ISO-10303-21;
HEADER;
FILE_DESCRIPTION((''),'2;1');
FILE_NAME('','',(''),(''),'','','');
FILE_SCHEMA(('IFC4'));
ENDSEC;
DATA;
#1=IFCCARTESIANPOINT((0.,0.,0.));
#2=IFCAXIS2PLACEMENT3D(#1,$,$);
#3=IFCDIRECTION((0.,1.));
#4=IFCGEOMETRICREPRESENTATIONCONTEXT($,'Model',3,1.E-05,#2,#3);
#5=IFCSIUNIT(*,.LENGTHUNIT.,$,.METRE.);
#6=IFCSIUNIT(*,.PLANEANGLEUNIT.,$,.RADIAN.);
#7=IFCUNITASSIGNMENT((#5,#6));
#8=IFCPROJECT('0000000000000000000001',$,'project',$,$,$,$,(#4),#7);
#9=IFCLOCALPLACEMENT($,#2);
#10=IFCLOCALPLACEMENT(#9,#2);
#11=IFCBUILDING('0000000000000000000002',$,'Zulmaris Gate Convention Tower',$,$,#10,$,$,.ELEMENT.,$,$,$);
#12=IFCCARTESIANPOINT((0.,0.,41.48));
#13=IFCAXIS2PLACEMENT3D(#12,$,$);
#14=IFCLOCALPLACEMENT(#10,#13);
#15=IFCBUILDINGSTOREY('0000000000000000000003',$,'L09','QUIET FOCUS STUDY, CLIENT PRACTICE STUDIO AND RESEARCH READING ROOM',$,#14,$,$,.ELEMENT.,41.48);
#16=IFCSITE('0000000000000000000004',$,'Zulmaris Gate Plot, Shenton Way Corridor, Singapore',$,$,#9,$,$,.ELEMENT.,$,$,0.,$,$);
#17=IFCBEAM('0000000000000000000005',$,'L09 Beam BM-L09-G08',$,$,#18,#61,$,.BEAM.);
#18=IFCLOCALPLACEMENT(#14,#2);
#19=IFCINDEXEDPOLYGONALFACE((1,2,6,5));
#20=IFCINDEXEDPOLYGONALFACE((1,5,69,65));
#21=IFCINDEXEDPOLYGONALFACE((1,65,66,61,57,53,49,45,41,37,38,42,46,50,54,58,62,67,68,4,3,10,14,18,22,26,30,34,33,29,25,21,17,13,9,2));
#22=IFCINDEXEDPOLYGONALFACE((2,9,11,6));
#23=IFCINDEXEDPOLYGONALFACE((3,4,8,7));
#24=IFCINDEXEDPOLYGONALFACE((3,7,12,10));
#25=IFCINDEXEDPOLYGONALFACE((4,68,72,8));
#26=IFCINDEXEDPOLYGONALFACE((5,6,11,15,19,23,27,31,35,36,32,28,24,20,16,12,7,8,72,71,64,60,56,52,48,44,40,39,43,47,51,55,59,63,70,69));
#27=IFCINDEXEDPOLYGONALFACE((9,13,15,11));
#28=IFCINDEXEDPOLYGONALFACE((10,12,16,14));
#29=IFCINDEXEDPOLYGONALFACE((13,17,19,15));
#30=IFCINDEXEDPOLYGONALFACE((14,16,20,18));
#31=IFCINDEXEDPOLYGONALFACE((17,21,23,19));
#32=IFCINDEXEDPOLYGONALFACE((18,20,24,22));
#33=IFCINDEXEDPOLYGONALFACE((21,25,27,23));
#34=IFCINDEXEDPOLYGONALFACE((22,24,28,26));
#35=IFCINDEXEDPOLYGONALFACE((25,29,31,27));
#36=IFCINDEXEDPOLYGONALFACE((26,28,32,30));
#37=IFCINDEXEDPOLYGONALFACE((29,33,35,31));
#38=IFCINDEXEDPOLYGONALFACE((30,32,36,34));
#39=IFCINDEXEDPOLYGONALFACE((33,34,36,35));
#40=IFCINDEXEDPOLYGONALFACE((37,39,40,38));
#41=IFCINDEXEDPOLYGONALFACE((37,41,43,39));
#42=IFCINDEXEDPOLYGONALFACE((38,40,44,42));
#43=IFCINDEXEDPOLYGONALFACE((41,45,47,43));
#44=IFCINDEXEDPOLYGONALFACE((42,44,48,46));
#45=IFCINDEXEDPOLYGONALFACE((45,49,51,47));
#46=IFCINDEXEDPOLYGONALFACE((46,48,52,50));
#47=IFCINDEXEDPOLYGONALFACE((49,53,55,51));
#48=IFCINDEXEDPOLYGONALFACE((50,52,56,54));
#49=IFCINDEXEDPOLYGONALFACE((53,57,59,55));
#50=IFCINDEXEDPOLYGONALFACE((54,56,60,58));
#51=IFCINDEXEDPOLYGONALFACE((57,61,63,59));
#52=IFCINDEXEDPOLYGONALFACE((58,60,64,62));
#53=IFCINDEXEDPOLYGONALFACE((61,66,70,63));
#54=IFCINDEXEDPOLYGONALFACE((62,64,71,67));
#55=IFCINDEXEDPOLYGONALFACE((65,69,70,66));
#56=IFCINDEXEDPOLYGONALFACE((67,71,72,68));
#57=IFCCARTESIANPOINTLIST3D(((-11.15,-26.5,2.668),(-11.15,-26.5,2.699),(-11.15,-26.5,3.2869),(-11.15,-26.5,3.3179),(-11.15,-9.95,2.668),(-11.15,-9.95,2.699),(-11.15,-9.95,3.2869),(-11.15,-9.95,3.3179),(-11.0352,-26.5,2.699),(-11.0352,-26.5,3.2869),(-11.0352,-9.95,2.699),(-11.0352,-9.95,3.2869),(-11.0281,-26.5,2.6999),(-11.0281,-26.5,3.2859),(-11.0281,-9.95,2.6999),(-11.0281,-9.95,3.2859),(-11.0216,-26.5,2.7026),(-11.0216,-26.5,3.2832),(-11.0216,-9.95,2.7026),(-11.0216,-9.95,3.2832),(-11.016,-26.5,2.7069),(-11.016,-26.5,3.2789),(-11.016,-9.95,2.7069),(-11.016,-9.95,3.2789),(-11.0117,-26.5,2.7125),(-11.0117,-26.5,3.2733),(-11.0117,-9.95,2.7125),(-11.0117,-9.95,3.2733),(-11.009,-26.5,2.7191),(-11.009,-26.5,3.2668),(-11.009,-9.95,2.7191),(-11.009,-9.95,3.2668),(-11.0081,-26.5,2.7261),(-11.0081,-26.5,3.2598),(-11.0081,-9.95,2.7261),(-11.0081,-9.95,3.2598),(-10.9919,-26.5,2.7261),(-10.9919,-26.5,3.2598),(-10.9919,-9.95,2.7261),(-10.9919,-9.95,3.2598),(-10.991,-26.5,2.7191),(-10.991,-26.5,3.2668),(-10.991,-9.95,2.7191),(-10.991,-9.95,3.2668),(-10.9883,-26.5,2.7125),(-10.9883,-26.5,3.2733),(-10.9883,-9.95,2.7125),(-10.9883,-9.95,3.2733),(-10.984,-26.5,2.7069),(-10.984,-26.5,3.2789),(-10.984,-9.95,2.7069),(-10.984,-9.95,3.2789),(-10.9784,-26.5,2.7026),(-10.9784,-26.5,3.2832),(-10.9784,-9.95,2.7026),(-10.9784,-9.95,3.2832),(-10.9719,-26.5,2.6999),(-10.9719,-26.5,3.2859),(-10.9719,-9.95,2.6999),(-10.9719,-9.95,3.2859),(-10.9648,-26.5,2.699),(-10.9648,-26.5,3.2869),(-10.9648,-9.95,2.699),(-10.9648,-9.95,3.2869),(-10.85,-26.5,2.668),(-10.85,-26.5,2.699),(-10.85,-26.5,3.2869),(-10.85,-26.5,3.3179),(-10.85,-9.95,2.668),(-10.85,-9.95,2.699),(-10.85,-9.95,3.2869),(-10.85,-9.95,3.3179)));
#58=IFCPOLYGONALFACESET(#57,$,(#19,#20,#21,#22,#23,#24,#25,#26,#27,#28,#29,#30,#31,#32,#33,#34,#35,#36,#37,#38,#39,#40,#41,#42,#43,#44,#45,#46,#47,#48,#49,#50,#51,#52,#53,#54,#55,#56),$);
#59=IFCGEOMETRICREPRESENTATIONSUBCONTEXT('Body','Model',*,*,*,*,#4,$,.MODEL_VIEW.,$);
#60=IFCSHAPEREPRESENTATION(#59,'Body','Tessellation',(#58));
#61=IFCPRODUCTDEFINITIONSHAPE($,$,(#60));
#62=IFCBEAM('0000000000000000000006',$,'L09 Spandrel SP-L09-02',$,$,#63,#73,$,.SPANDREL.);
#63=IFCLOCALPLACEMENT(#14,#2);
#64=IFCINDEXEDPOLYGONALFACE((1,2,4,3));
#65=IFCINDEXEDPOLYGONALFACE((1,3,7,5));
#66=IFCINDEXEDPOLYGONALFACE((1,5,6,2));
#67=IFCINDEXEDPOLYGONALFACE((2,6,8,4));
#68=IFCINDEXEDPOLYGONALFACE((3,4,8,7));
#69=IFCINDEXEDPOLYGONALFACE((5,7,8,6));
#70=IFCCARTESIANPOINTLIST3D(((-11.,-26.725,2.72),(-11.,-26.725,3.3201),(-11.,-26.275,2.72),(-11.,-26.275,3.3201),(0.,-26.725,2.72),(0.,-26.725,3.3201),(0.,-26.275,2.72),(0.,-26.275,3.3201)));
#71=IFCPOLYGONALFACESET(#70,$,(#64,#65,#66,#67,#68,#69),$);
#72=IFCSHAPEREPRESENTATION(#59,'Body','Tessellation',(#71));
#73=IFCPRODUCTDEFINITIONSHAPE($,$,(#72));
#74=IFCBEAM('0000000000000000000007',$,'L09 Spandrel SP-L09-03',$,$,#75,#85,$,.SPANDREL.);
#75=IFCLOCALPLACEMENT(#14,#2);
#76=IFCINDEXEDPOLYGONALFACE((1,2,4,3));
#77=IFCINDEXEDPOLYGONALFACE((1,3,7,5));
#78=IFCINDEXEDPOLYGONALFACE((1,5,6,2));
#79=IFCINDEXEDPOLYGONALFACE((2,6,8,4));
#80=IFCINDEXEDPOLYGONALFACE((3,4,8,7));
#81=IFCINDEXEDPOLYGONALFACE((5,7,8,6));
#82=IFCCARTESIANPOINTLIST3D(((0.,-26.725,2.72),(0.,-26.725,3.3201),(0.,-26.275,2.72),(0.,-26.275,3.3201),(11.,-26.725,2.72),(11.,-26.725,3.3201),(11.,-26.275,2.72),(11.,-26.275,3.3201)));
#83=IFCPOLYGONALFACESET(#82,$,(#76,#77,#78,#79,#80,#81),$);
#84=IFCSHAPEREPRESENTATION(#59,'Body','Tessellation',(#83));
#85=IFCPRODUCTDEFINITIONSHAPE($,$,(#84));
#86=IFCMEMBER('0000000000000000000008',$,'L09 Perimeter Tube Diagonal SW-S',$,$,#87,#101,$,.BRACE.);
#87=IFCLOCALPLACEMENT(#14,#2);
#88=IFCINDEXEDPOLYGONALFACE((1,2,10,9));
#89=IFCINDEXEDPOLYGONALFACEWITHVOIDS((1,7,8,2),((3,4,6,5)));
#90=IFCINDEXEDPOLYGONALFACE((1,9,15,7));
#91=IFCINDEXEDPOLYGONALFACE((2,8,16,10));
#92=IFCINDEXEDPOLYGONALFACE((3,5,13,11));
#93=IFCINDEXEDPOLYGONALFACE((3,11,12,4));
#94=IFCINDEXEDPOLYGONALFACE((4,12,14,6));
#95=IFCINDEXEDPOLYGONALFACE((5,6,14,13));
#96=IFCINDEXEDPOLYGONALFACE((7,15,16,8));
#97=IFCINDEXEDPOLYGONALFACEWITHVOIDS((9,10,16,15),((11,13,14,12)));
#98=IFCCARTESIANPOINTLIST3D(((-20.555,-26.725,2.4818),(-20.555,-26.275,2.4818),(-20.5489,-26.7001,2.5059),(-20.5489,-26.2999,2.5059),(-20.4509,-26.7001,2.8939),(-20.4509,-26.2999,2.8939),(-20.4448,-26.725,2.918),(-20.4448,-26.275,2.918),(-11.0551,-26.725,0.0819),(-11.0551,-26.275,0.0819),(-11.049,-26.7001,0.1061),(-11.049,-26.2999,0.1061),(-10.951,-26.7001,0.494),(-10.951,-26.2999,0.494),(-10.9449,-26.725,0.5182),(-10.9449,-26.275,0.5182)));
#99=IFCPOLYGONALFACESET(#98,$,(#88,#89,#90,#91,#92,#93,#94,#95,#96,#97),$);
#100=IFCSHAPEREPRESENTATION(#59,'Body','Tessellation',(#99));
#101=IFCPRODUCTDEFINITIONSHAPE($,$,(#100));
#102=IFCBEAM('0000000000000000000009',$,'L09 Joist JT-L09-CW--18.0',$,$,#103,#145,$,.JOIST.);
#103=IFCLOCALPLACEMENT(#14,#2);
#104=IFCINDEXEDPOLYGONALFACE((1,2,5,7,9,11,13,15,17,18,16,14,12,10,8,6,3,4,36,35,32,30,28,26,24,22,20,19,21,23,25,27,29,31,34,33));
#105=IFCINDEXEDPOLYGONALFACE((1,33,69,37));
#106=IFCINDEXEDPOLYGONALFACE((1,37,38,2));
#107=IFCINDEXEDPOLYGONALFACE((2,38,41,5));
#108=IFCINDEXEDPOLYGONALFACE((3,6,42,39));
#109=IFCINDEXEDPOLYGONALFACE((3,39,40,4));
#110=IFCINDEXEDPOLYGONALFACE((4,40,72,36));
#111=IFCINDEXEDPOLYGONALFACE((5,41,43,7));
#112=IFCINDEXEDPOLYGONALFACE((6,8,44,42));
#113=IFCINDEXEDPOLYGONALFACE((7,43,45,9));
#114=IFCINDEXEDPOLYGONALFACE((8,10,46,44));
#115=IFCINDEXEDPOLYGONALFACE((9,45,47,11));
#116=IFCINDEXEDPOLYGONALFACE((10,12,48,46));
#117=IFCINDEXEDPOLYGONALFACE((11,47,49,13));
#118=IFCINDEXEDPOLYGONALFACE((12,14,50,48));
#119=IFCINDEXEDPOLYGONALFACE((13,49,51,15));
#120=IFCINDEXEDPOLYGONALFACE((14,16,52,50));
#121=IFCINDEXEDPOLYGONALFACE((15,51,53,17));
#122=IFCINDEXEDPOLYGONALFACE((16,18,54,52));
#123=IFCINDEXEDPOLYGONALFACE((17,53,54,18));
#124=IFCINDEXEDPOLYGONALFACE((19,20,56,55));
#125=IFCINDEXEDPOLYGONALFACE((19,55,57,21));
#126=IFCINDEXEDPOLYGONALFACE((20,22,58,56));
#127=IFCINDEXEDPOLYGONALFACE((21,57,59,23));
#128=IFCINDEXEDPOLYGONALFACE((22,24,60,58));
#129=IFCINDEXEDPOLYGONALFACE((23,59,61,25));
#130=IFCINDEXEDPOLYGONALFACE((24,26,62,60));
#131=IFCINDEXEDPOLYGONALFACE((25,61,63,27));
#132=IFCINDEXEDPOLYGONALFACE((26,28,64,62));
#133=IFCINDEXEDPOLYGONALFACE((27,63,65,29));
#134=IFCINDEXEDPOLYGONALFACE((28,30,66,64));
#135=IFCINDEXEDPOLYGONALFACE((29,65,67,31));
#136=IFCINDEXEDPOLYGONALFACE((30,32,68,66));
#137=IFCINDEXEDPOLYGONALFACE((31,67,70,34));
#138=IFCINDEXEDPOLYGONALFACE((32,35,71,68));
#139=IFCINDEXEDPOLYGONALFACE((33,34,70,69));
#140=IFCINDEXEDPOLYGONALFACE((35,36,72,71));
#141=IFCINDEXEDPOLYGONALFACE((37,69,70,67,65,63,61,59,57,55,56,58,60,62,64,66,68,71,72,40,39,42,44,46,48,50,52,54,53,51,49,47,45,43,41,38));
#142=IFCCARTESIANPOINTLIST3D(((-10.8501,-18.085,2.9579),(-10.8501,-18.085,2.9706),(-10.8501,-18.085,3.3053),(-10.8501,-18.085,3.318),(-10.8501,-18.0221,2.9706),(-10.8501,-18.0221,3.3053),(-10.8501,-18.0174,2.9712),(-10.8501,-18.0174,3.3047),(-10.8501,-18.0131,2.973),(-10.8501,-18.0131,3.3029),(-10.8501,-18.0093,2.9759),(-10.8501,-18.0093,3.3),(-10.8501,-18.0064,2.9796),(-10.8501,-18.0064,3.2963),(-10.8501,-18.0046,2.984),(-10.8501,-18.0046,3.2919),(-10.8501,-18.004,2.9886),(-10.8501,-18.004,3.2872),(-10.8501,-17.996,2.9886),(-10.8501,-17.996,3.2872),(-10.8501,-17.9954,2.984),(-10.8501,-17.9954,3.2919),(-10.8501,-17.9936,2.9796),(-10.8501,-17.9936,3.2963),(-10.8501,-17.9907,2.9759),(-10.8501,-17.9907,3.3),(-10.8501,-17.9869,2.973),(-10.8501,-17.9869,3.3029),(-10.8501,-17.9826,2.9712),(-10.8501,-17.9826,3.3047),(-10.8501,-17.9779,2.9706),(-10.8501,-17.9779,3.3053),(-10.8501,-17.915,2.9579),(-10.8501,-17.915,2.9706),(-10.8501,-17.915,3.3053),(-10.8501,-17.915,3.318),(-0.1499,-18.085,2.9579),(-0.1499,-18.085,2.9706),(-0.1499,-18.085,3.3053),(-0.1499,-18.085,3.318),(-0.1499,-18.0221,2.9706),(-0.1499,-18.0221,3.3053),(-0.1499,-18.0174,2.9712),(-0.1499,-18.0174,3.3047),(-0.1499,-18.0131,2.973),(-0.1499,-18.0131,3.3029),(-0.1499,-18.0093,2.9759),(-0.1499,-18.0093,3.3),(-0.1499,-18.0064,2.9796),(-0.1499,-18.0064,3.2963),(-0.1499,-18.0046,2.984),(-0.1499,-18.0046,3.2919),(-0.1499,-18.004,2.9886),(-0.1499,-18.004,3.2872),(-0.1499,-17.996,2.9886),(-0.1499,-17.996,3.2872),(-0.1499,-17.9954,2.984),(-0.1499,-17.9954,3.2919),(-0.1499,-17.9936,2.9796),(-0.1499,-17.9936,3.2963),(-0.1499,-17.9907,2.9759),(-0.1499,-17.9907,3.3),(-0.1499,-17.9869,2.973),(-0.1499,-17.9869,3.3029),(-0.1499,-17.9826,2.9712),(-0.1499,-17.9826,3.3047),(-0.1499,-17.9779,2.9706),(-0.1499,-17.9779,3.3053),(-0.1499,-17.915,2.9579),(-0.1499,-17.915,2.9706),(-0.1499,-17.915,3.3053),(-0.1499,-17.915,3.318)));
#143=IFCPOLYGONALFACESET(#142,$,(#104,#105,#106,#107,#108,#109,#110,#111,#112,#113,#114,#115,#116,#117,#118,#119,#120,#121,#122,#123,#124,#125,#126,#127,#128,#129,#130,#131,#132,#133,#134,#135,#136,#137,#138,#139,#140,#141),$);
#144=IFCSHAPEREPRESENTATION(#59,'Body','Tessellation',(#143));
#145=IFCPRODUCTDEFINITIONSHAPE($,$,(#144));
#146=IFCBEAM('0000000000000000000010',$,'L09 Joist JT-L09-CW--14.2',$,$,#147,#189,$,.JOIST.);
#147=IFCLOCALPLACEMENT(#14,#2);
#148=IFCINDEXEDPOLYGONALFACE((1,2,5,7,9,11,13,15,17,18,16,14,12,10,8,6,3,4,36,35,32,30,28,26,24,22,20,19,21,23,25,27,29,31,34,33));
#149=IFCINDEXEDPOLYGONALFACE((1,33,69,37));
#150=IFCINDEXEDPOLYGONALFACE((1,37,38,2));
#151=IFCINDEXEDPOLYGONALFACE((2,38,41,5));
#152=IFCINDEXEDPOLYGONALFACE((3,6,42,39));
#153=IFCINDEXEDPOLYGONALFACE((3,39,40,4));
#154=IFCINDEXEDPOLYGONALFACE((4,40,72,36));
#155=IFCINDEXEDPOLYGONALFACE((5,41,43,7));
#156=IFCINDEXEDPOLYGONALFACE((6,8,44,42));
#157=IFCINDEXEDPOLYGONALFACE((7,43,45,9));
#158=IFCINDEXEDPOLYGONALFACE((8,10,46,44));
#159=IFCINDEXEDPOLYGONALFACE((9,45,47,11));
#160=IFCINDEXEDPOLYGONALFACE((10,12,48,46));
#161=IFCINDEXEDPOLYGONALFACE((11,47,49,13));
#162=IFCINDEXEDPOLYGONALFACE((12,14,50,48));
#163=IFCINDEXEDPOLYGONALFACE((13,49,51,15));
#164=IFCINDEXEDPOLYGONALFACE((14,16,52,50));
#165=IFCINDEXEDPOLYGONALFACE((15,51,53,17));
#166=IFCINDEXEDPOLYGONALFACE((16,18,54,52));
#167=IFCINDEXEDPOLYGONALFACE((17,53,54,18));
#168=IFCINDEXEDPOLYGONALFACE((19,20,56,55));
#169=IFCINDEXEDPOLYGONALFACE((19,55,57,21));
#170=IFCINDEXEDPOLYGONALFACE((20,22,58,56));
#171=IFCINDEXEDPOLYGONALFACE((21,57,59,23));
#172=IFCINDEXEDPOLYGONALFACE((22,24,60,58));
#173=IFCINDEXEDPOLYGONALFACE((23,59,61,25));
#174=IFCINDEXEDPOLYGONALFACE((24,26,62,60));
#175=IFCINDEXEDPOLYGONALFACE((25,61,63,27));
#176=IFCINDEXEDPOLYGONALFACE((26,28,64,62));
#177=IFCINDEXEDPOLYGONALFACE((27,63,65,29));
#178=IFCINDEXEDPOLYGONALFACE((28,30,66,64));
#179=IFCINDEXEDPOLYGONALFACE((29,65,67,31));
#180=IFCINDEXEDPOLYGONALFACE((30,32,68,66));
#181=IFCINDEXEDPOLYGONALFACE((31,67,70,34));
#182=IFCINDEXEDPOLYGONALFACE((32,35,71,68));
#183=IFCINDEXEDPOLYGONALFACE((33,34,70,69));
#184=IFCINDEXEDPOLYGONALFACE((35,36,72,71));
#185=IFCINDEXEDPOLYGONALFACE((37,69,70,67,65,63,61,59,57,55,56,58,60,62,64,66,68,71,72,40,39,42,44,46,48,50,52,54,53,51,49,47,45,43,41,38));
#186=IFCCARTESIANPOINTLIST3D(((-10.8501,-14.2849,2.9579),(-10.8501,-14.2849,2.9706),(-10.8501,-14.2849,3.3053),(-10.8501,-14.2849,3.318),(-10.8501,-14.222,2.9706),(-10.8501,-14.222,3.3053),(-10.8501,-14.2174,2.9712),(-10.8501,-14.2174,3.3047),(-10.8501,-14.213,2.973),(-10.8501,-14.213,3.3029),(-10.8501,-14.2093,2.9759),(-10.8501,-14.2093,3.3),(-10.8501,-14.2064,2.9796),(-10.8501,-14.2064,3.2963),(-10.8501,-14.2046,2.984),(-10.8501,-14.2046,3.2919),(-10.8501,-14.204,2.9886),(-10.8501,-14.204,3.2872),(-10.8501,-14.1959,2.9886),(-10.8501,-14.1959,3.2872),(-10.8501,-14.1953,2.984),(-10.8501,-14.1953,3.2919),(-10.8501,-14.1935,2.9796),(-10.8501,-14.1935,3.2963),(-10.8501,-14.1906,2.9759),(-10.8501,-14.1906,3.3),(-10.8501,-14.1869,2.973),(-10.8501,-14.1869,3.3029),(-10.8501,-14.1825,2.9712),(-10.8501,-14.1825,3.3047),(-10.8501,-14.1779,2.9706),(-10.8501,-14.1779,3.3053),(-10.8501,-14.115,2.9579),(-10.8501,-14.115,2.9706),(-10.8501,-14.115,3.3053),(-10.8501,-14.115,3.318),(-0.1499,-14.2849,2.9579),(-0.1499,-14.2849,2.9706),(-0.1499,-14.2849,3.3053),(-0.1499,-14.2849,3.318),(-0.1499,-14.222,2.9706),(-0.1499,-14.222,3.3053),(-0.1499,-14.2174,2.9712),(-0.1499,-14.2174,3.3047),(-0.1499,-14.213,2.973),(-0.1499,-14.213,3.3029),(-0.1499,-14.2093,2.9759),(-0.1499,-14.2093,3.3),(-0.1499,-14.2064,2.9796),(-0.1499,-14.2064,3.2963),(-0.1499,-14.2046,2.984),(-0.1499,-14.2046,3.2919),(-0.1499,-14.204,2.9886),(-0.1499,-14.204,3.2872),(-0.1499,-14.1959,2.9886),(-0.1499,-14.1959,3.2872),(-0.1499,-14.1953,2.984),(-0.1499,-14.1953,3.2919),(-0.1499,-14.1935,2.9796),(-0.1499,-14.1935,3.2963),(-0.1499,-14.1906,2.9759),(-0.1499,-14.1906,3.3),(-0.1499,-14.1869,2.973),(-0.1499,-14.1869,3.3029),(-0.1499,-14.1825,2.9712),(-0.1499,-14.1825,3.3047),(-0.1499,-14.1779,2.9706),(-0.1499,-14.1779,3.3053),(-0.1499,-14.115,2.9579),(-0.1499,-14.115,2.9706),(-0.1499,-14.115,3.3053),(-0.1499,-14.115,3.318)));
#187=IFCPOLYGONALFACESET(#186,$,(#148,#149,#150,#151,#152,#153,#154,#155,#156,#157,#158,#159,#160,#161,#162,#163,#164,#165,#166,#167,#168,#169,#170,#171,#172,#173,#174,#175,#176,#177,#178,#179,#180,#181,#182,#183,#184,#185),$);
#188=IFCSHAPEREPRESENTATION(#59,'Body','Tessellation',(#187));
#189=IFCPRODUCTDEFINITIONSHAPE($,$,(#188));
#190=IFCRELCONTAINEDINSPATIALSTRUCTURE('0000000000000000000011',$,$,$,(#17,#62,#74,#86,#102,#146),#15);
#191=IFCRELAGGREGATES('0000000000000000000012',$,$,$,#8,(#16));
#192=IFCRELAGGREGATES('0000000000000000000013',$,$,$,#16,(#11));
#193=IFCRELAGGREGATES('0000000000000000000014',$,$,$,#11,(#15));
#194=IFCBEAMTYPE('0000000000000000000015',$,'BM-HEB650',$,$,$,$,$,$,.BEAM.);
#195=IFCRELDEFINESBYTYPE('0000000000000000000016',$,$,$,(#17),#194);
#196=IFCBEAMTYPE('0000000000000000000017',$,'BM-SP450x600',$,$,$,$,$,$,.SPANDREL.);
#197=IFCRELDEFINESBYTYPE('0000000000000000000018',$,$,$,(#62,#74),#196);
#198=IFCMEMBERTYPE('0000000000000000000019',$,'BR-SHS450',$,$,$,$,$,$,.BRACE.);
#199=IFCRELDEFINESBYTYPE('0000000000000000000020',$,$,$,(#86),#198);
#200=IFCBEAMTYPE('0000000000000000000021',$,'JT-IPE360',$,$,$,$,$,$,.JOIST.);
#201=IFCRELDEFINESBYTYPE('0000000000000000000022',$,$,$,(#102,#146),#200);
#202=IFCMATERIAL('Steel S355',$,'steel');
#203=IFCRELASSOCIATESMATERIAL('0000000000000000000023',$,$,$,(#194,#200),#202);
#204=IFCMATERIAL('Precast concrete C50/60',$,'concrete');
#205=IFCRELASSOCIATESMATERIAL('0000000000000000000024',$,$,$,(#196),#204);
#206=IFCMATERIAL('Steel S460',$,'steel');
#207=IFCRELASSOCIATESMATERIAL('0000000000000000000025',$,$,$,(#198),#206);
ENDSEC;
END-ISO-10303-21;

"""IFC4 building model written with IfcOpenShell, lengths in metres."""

from ifc_helpers import new_model, si_unit, direction, frame, origin, origin_2d, place, context, subcontext, project, spatial, rectangle, hollow_rectangle, i_section, extrude, material, material_profile, profile_set, type_object, element, save


model = new_model("IFC4")

# Units and contexts
model_context = context("Model", 3, precision=1e-05, world=origin(), true_north=direction((0.0, 1.0)))
body_context = subcontext(model_context, "Body", "Model", "MODEL_VIEW")
ifc_project = project(units=[si_unit("LENGTHUNIT", "METRE"), si_unit("PLANEANGLEUNIT", "RADIAN")], contexts=[model_context])

# Site, building, storey
site_placement = place(None, origin())
site = spatial("IfcSite", under=ifc_project, at=site_placement, Name="Zulmaris Gate Plot, Shenton Way Corridor, Singapore", CompositionType="ELEMENT", RefElevation=0.0)
building_placement = place(site_placement, origin())
building = spatial("IfcBuilding", under=site, at=building_placement, Name="Zulmaris Gate Convention Tower", CompositionType="ELEMENT")
storey_placement = place(building_placement, frame((0.0, 0.0, 41.48)))
storey = spatial("IfcBuildingStorey", under=building, at=storey_placement, Name="L09", Description="QUIET FOCUS STUDY, CLIENT PRACTICE STUDIO AND RESEARCH READING ROOM", CompositionType="ELEMENT", Elevation=41.48)

# Beams
ifc_material_1 = material(Name="Steel S355", Category="steel")
ifc_material_profile_1 = material_profile(ifc_material_1, i_section(OverallWidth=0.3, OverallDepth=0.6499, WebThickness=0.0161, FlangeThickness=0.031, FilletRadius=0.0271, at=origin_2d()), Name="HEB 650")
ifc_profile_set_1 = profile_set([ifc_material_profile_1], Name="Steel S355")
beam_type_1 = type_object("IfcBeamType", Name="BM-HEB650", PredefinedType="BEAM", material=ifc_profile_set_1)
beam_1_placement = place(storey_placement, frame((-11.0, -26.5, 2.9929), z_axis=(0.0, 1.0, 0.0), x_axis=(-1.0, 0.0, 0.0)))
element("IfcBeam", 1, at=beam_1_placement, inside=storey, type_object=beam_type_1, Name="L09 Beam BM-L09-G08", PredefinedType="BEAM", context=body_context, shape_type="SweptSolid", body=[
    extrude(i_section(OverallWidth=0.3, OverallDepth=0.6499, WebThickness=0.0161, FlangeThickness=0.031, FilletRadius=0.0271, at=origin_2d()), origin(), (0.0, 0.0, 1.0), 16.55),
])
ifc_material_2 = material(Name="Precast concrete C50/60", Category="concrete")
ifc_material_profile_2 = material_profile(ifc_material_2, rectangle(XDim=0.45, YDim=0.6001, at=origin_2d()), Name="RC SPANDREL 450x600")
ifc_profile_set_2 = profile_set([ifc_material_profile_2], Name="Precast concrete C50/60")
beam_type_2 = type_object("IfcBeamType", Name="BM-SP450x600", PredefinedType="SPANDREL", material=ifc_profile_set_2)
for number, where, z_axis, x_axis, name in (
    (2, (-11.0, -26.5, 3.02), (1.0, 0.0, 0.0), (0.0, 1.0, 0.0), "L09 Spandrel SP-L09-02"),
    (3, (0.0, -26.5, 3.02), (1.0, 0.0, 0.0), (0.0, 1.0, 0.0), "L09 Spandrel SP-L09-03"),
):
    element("IfcBeam", number, at=place(storey_placement, frame(where, z_axis=z_axis, x_axis=x_axis)), inside=storey, type_object=beam_type_2, Name=name, PredefinedType="SPANDREL", context=body_context, shape_type="SweptSolid", body=[
        extrude(rectangle(XDim=0.45, YDim=0.6001, at=origin_2d()), origin(), (0.0, 0.0, 1.0), 11.0),
    ])

# Member
ifc_material_3 = material(Name="Steel S460", Category="steel")
ifc_material_profile_3 = material_profile(ifc_material_3, hollow_rectangle(XDim=0.45, YDim=0.45, WallThickness=0.0249, at=origin_2d()), Name="SHS 450x450x25")
ifc_profile_set_3 = profile_set([ifc_material_profile_3], Name="Steel S460")
member_type = type_object("IfcMemberType", Name="BR-SHS450", PredefinedType="BRACE", material=ifc_profile_set_3)
member_placement = place(storey_placement, frame((-11.0, -26.5, 0.3), z_axis=(-0.969542, 0.0, 0.244927), x_axis=(0.0, -1.0, 0.0)))
element("IfcMember", 4, at=member_placement, inside=storey, type_object=member_type, Name="L09 Perimeter Tube Diagonal SW-S", PredefinedType="BRACE", context=body_context, shape_type="SweptSolid", body=[
    extrude(hollow_rectangle(XDim=0.45, YDim=0.45, WallThickness=0.0249, at=origin_2d()), origin(), (0.0, 0.0, 1.0), 9.7983),
])

# Beams
ifc_material_profile_4 = material_profile(ifc_material_1, i_section(OverallWidth=0.1699, OverallDepth=0.3601, WebThickness=0.0081, FlangeThickness=0.0127, FilletRadius=0.0181, at=origin_2d()), Name="IPE 360")
ifc_profile_set_4 = profile_set([ifc_material_profile_4], Name="Steel S355")
beam_type_3 = type_object("IfcBeamType", Name="JT-IPE360", PredefinedType="JOIST", material=ifc_profile_set_4)
for number, where, z_axis, x_axis, name in (
    (5, (-10.8501, -18.0, 3.1379), (1.0, 0.0, 0.0), (0.0, 1.0, 0.0), "L09 Joist JT-L09-CW--18.0"),
    (6, (-10.8501, -14.2, 3.1379), (1.0, 0.0, 0.0), (0.0, 1.0, 0.0), "L09 Joist JT-L09-CW--14.2"),
):
    element("IfcBeam", number, at=place(storey_placement, frame(where, z_axis=z_axis, x_axis=x_axis)), inside=storey, type_object=beam_type_3, Name=name, PredefinedType="JOIST", context=body_context, shape_type="SweptSolid", body=[
        extrude(i_section(OverallWidth=0.1699, OverallDepth=0.3601, WebThickness=0.0081, FlangeThickness=0.0127, FilletRadius=0.0181, at=origin_2d()), origin(), (0.0, 0.0, 1.0), 10.7002),
    ])

save(model, "model.ifc")
